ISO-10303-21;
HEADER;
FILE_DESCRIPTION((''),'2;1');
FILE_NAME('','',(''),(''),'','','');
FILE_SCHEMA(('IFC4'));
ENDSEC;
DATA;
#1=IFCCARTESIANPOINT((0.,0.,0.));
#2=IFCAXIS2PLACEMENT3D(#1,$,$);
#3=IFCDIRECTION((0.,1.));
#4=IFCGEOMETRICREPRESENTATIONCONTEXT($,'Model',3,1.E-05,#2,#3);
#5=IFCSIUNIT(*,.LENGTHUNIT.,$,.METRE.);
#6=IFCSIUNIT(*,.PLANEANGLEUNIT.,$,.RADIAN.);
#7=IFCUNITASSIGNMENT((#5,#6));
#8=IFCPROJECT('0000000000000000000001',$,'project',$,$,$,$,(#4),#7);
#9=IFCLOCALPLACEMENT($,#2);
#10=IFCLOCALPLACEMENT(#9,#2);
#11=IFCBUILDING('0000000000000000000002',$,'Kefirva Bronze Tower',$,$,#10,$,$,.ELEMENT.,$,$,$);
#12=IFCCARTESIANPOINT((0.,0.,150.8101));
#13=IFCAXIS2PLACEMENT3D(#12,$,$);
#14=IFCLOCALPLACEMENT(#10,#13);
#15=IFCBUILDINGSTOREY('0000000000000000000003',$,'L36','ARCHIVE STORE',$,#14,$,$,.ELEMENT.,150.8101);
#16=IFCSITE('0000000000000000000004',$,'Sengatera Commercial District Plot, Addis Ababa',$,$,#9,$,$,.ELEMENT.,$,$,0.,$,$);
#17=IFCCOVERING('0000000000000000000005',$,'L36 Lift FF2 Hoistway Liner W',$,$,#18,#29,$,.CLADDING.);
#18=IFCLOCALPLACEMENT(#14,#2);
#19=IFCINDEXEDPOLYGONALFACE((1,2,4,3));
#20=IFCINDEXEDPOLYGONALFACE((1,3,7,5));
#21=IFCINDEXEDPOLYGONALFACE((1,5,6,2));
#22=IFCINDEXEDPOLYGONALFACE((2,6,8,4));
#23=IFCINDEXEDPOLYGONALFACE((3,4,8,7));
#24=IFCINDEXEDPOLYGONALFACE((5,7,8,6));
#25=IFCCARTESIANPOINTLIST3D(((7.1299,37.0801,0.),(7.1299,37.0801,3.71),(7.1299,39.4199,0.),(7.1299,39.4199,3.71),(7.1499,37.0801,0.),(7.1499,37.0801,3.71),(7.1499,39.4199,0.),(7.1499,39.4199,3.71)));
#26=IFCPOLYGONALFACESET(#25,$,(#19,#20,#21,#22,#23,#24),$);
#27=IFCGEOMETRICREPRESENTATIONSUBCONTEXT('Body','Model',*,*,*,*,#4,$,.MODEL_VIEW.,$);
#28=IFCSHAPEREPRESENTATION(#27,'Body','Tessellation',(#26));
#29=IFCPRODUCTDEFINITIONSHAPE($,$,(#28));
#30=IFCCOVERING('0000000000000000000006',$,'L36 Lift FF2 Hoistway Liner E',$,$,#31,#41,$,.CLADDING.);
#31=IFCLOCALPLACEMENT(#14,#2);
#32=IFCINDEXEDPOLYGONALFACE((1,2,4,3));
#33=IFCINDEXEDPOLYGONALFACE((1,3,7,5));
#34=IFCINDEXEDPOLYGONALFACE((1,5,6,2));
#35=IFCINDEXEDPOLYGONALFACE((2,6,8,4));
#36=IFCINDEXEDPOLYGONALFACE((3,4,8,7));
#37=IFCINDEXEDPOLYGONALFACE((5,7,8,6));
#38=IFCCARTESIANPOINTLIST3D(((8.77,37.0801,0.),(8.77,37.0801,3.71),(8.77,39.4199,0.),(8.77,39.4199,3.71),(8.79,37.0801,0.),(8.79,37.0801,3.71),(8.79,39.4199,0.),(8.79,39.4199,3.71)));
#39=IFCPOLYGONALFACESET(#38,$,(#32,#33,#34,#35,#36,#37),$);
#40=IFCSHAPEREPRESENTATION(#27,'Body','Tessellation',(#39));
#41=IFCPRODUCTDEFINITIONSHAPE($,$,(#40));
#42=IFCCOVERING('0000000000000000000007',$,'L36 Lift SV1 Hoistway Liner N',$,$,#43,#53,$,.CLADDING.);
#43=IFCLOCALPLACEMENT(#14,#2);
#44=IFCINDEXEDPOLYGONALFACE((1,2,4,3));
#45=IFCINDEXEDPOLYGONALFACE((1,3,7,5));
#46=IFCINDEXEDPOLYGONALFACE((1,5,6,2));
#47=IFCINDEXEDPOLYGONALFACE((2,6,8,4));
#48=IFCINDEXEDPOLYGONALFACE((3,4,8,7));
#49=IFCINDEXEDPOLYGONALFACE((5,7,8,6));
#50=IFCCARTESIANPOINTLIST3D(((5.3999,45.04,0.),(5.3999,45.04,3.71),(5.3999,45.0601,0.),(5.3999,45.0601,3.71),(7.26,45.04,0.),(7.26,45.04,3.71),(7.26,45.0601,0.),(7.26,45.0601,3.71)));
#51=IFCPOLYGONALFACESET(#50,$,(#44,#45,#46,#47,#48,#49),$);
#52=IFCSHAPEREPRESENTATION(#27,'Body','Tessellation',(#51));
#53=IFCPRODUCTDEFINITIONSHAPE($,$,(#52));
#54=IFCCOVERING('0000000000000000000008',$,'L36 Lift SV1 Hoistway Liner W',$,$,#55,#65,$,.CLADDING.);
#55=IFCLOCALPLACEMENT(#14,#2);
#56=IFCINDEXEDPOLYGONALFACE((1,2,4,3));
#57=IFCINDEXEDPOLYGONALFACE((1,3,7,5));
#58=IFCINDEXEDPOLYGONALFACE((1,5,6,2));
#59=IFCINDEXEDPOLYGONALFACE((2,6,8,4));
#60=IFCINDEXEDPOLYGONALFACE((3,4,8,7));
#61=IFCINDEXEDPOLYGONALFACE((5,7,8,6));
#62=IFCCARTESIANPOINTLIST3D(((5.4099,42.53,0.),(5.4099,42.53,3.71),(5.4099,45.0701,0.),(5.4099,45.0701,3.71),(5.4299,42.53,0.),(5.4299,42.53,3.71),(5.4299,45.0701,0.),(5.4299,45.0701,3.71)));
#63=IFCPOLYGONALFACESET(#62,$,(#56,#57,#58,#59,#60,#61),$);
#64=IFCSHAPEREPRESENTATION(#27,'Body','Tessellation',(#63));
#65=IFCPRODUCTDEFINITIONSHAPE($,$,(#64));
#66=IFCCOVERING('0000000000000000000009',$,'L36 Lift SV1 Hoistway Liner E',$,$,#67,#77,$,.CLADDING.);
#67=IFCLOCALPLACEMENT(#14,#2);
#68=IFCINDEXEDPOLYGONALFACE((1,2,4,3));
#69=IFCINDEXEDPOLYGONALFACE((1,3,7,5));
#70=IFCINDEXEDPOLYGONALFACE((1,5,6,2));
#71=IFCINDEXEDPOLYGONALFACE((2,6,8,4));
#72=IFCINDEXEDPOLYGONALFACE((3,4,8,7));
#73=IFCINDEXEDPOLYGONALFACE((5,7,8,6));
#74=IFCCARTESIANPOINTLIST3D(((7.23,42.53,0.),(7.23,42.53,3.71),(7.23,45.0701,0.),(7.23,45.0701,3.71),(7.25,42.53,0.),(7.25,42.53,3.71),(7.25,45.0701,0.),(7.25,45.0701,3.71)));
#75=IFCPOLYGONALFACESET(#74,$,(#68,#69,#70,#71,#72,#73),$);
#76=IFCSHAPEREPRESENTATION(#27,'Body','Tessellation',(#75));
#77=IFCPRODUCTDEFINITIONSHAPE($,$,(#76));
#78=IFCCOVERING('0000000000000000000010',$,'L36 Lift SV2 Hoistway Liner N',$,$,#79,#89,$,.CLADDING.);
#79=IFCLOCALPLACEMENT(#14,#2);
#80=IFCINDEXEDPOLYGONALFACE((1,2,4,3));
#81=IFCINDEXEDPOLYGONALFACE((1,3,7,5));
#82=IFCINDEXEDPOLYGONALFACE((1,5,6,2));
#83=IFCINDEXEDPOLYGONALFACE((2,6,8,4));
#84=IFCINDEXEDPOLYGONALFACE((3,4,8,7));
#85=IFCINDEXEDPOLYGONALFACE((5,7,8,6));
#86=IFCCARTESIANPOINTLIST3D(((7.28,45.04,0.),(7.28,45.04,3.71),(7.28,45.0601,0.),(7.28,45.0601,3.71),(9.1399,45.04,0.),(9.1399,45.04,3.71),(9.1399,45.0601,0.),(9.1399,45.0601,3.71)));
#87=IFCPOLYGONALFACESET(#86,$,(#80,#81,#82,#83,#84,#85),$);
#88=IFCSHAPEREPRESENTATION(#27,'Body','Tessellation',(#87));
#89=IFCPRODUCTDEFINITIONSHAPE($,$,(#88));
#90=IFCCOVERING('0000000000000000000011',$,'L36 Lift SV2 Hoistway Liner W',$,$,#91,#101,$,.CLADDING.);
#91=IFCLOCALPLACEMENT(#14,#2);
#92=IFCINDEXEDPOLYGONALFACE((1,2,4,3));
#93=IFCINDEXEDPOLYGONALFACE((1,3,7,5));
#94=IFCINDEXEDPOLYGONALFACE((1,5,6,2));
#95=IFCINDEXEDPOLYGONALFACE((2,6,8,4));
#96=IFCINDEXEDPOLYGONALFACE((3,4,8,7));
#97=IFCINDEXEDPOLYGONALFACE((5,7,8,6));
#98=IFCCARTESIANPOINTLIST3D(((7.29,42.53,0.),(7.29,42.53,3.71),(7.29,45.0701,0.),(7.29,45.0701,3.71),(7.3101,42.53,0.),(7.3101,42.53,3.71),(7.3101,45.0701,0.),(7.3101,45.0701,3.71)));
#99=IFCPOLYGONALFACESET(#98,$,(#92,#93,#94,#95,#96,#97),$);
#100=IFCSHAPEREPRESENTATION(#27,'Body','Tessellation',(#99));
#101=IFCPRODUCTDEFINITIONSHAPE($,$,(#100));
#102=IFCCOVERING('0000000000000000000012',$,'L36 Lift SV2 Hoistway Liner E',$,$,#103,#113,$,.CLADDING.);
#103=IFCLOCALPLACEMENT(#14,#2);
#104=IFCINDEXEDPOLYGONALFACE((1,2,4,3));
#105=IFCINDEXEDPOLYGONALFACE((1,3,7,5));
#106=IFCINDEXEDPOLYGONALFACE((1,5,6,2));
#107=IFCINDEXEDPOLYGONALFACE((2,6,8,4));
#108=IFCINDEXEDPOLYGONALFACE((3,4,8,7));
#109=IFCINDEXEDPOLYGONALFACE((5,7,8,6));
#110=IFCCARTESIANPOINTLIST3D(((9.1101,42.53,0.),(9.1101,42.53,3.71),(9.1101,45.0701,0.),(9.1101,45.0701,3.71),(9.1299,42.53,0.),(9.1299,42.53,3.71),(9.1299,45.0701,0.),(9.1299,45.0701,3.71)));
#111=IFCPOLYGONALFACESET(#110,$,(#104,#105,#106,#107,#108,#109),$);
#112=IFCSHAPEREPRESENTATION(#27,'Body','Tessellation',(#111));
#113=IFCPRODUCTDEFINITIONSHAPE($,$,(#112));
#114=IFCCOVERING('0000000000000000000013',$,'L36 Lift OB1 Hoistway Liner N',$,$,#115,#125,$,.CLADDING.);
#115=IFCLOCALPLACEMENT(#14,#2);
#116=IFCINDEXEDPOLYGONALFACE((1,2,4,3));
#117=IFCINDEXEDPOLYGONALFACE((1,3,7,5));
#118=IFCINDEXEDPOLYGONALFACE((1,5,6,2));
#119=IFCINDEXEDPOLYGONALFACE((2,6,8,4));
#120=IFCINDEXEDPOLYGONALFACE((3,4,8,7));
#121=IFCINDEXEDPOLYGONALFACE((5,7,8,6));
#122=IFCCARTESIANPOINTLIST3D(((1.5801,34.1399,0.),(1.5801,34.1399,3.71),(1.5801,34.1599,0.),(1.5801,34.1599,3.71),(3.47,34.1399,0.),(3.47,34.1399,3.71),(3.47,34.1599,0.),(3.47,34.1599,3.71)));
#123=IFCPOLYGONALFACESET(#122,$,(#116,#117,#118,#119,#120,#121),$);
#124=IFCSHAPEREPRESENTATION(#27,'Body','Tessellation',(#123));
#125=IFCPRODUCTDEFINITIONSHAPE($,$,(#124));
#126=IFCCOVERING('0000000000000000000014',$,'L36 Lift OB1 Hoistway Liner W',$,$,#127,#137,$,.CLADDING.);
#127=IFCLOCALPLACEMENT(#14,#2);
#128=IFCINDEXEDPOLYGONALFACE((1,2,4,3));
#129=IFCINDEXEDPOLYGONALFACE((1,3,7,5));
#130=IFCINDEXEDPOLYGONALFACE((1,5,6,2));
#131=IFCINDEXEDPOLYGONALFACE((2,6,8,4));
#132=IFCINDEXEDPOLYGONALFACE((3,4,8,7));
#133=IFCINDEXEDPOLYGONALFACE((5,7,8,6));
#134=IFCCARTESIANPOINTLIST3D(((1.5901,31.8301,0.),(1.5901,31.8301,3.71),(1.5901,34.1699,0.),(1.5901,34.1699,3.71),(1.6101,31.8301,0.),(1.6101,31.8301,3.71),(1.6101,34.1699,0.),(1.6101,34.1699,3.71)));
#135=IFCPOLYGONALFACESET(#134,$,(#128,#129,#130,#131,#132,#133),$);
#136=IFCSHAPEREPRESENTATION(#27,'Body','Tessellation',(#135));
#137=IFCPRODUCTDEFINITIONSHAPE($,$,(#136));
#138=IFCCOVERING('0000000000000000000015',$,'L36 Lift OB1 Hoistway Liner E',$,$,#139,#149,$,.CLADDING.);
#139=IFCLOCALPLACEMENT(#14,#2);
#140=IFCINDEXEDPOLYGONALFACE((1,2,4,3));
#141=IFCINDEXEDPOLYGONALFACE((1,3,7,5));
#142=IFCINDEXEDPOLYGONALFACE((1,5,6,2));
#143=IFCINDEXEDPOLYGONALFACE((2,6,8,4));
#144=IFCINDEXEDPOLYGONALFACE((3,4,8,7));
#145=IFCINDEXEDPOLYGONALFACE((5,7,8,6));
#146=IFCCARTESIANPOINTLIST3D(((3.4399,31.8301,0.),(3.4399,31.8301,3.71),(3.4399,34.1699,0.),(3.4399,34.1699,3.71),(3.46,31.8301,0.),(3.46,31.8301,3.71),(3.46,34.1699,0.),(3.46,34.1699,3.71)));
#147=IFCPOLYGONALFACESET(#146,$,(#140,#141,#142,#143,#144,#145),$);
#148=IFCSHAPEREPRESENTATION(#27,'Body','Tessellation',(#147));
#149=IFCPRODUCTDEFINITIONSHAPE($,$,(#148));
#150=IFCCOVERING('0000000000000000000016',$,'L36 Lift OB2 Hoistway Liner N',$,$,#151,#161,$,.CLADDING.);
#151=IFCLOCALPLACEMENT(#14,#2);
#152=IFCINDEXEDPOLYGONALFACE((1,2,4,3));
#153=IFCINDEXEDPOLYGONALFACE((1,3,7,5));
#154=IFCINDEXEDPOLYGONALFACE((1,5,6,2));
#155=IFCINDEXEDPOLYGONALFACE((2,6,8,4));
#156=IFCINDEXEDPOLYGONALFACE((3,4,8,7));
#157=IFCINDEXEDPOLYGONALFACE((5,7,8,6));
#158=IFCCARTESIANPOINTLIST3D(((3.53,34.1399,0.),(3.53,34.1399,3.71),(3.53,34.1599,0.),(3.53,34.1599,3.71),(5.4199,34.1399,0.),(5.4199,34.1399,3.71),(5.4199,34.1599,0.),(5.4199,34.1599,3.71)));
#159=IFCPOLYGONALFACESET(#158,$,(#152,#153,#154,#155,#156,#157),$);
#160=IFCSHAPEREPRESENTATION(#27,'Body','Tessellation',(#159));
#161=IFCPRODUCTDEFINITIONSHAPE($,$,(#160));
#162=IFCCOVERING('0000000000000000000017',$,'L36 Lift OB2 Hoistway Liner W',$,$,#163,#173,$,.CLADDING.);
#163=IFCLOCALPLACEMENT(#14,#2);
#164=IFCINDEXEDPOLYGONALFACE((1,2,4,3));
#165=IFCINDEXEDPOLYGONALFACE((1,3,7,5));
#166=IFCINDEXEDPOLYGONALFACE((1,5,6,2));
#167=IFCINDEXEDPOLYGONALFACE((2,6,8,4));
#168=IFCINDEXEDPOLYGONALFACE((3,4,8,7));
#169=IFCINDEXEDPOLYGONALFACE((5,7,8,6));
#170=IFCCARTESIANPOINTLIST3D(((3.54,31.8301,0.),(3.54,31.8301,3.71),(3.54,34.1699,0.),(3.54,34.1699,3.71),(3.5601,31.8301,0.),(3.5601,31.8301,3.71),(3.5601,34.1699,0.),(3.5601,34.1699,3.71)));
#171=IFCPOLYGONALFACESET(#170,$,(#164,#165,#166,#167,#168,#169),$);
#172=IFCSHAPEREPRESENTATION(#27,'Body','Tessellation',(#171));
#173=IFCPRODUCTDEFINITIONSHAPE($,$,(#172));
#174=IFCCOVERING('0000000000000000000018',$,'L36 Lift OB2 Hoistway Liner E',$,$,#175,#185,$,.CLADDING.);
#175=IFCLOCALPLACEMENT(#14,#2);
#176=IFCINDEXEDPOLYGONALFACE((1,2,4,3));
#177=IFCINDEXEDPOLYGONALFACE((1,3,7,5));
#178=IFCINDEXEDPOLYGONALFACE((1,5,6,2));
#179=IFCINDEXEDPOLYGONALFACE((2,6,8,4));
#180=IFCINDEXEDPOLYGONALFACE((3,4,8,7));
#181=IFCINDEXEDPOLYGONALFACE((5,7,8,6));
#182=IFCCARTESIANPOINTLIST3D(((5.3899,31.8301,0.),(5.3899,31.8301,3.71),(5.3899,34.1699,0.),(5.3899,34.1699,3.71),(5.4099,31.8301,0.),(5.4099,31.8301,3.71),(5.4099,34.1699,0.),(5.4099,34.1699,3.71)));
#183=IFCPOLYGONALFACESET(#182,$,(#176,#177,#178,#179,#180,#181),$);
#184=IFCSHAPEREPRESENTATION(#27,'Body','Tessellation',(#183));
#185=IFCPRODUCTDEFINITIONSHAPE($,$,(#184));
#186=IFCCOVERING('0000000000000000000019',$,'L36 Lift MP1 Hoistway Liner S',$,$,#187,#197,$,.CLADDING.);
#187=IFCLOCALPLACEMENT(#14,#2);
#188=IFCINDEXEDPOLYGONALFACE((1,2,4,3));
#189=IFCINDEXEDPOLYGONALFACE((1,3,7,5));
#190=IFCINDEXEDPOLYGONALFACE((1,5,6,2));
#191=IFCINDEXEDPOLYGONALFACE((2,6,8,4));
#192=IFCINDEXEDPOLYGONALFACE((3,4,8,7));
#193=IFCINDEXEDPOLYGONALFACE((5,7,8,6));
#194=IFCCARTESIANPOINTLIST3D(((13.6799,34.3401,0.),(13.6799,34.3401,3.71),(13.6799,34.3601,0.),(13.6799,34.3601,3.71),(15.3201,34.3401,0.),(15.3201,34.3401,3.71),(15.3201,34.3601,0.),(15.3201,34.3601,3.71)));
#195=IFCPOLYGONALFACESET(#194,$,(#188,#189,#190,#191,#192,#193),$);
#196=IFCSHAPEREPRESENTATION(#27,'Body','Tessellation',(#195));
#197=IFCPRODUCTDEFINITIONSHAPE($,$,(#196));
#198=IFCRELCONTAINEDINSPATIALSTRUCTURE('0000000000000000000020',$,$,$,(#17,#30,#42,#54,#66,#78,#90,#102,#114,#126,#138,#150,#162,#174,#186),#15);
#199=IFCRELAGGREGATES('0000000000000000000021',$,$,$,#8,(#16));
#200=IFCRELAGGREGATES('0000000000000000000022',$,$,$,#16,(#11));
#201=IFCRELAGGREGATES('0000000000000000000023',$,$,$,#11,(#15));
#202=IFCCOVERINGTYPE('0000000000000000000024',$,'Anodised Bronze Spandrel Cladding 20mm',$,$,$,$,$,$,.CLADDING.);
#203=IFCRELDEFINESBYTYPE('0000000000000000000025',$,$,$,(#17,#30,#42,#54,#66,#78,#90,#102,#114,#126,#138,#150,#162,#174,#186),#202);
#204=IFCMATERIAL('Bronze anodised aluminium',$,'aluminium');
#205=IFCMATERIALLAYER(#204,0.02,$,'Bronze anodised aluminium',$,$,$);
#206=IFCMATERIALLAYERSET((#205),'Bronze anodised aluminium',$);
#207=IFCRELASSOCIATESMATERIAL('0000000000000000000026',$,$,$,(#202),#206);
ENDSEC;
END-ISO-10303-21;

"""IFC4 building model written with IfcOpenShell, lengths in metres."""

from ifc_helpers import new_model, si_unit, direction, frame, origin, place, context, subcontext, project, spatial, polyline, outline, extrude, material, layer, layer_set, type_object, element, save


model = new_model("IFC4")

# Units and contexts
model_context = context("Model", 3, precision=1e-05, world=origin(), true_north=direction((0.0, 1.0)))
body_context = subcontext(model_context, "Body", "Model", "MODEL_VIEW")
ifc_project = project(units=[si_unit("LENGTHUNIT", "METRE"), si_unit("PLANEANGLEUNIT", "RADIAN")], contexts=[model_context])

# Site, building, storey
site_placement = place(None, origin())
site = spatial("IfcSite", under=ifc_project, at=site_placement, Name="Sengatera Commercial District Plot, Addis Ababa", CompositionType="ELEMENT", RefElevation=0.0)
building_placement = place(site_placement, origin())
building = spatial("IfcBuilding", under=site, at=building_placement, Name="Kefirva Bronze Tower", CompositionType="ELEMENT")
storey_placement = place(building_placement, frame((0.0, 0.0, 150.8101)))
storey = spatial("IfcBuildingStorey", under=building, at=storey_placement, Name="L36", Description="ARCHIVE STORE", CompositionType="ELEMENT", Elevation=150.8101)

# Coverings
ifc_material_1 = material(Name="Bronze anodised aluminium", Category="aluminium")
ifc_layer_1 = layer(ifc_material_1, 0.02, Name="Bronze anodised aluminium")
ifc_layer_set_1 = layer_set([ifc_layer_1], Name="Bronze anodised aluminium")
covering_type = type_object("IfcCoveringType", Name="Anodised Bronze Spandrel Cladding 20mm", PredefinedType="CLADDING", material=ifc_layer_set_1)
covering_1_placement = place(storey_placement, origin())
element("IfcCovering", 1, at=covering_1_placement, inside=storey, type_object=covering_type, Name="L36 Lift FF2 Hoistway Liner W", PredefinedType="CLADDING", context=body_context, shape_type="SweptSolid", body=[
    extrude(outline(polyline([(7.1299, 37.0801), (7.1499, 37.0801), (7.1499, 39.4199), (7.1299, 39.4199), (7.1299, 37.0801)])), origin(), (0.0, 0.0, 1.0), 3.71),
])
covering_2_placement = place(storey_placement, origin())
element("IfcCovering", 2, at=covering_2_placement, inside=storey, type_object=covering_type, Name="L36 Lift FF2 Hoistway Liner E", PredefinedType="CLADDING", context=body_context, shape_type="SweptSolid", body=[
    extrude(outline(polyline([(8.77, 37.0801), (8.79, 37.0801), (8.79, 39.4199), (8.77, 39.4199), (8.77, 37.0801)])), origin(), (0.0, 0.0, 1.0), 3.71),
])
covering_3_placement = place(storey_placement, origin())
element("IfcCovering", 3, at=covering_3_placement, inside=storey, type_object=covering_type, Name="L36 Lift SV1 Hoistway Liner N", PredefinedType="CLADDING", context=body_context, shape_type="SweptSolid", body=[
    extrude(outline(polyline([(5.3999, 45.04), (7.26, 45.04), (7.26, 45.0601), (5.3999, 45.0601), (5.3999, 45.04)])), origin(), (0.0, 0.0, 1.0), 3.71),
])
covering_4_placement = place(storey_placement, origin())
element("IfcCovering", 4, at=covering_4_placement, inside=storey, type_object=covering_type, Name="L36 Lift SV1 Hoistway Liner W", PredefinedType="CLADDING", context=body_context, shape_type="SweptSolid", body=[
    extrude(outline(polyline([(5.4099, 42.53), (5.4299, 42.53), (5.4299, 45.0701), (5.4099, 45.0701), (5.4099, 42.53)])), origin(), (0.0, 0.0, 1.0), 3.71),
])
covering_5_placement = place(storey_placement, origin())
element("IfcCovering", 5, at=covering_5_placement, inside=storey, type_object=covering_type, Name="L36 Lift SV1 Hoistway Liner E", PredefinedType="CLADDING", context=body_context, shape_type="SweptSolid", body=[
    extrude(outline(polyline([(7.23, 42.53), (7.25, 42.53), (7.25, 45.0701), (7.23, 45.0701), (7.23, 42.53)])), origin(), (0.0, 0.0, 1.0), 3.71),
])
covering_6_placement = place(storey_placement, origin())
element("IfcCovering", 6, at=covering_6_placement, inside=storey, type_object=covering_type, Name="L36 Lift SV2 Hoistway Liner N", PredefinedType="CLADDING", context=body_context, shape_type="SweptSolid", body=[
    extrude(outline(polyline([(7.28, 45.04), (9.1399, 45.04), (9.1399, 45.0601), (7.28, 45.0601), (7.28, 45.04)])), origin(), (0.0, 0.0, 1.0), 3.71),
])
covering_7_placement = place(storey_placement, origin())
element("IfcCovering", 7, at=covering_7_placement, inside=storey, type_object=covering_type, Name="L36 Lift SV2 Hoistway Liner W", PredefinedType="CLADDING", context=body_context, shape_type="SweptSolid", body=[
    extrude(outline(polyline([(7.29, 42.53), (7.3101, 42.53), (7.3101, 45.0701), (7.29, 45.0701), (7.29, 42.53)])), origin(), (0.0, 0.0, 1.0), 3.71),
])
covering_8_placement = place(storey_placement, origin())
element("IfcCovering", 8, at=covering_8_placement, inside=storey, type_object=covering_type, Name="L36 Lift SV2 Hoistway Liner E", PredefinedType="CLADDING", context=body_context, shape_type="SweptSolid", body=[
    extrude(outline(polyline([(9.1101, 42.53), (9.1299, 42.53), (9.1299, 45.0701), (9.1101, 45.0701), (9.1101, 42.53)])), origin(), (0.0, 0.0, 1.0), 3.71),
])
covering_9_placement = place(storey_placement, origin())
element("IfcCovering", 9, at=covering_9_placement, inside=storey, type_object=covering_type, Name="L36 Lift OB1 Hoistway Liner N", PredefinedType="CLADDING", context=body_context, shape_type="SweptSolid", body=[
    extrude(outline(polyline([(1.5801, 34.1399), (3.47, 34.1399), (3.47, 34.1599), (1.5801, 34.1599), (1.5801, 34.1399)])), origin(), (0.0, 0.0, 1.0), 3.71),
])
covering_10_placement = place(storey_placement, origin())
element("IfcCovering", 10, at=covering_10_placement, inside=storey, type_object=covering_type, Name="L36 Lift OB1 Hoistway Liner W", PredefinedType="CLADDING", context=body_context, shape_type="SweptSolid", body=[
    extrude(outline(polyline([(1.5901, 31.8301), (1.6101, 31.8301), (1.6101, 34.1699), (1.5901, 34.1699), (1.5901, 31.8301)])), origin(), (0.0, 0.0, 1.0), 3.71),
])
covering_11_placement = place(storey_placement, origin())
element("IfcCovering", 11, at=covering_11_placement, inside=storey, type_object=covering_type, Name="L36 Lift OB1 Hoistway Liner E", PredefinedType="CLADDING", context=body_context, shape_type="SweptSolid", body=[
    extrude(outline(polyline([(3.4399, 31.8301), (3.46, 31.8301), (3.46, 34.1699), (3.4399, 34.1699), (3.4399, 31.8301)])), origin(), (0.0, 0.0, 1.0), 3.71),
])
covering_12_placement = place(storey_placement, origin())
element("IfcCovering", 12, at=covering_12_placement, inside=storey, type_object=covering_type, Name="L36 Lift OB2 Hoistway Liner N", PredefinedType="CLADDING", context=body_context, shape_type="SweptSolid", body=[
    extrude(outline(polyline([(3.53, 34.1399), (5.4199, 34.1399), (5.4199, 34.1599), (3.53, 34.1599), (3.53, 34.1399)])), origin(), (0.0, 0.0, 1.0), 3.71),
])
covering_13_placement = place(storey_placement, origin())
element("IfcCovering", 13, at=covering_13_placement, inside=storey, type_object=covering_type, Name="L36 Lift OB2 Hoistway Liner W", PredefinedType="CLADDING", context=body_context, shape_type="SweptSolid", body=[
    extrude(outline(polyline([(3.54, 31.8301), (3.5601, 31.8301), (3.5601, 34.1699), (3.54, 34.1699), (3.54, 31.8301)])), origin(), (0.0, 0.0, 1.0), 3.71),
])
covering_14_placement = place(storey_placement, origin())
element("IfcCovering", 14, at=covering_14_placement, inside=storey, type_object=covering_type, Name="L36 Lift OB2 Hoistway Liner E", PredefinedType="CLADDING", context=body_context, shape_type="SweptSolid", body=[
    extrude(outline(polyline([(5.3899, 31.8301), (5.4099, 31.8301), (5.4099, 34.1699), (5.3899, 34.1699), (5.3899, 31.8301)])), origin(), (0.0, 0.0, 1.0), 3.71),
])
covering_15_placement = place(storey_placement, origin())
element("IfcCovering", 15, at=covering_15_placement, inside=storey, type_object=covering_type, Name="L36 Lift MP1 Hoistway Liner S", PredefinedType="CLADDING", context=body_context, shape_type="SweptSolid", body=[
    extrude(outline(polyline([(13.6799, 34.3401), (15.3201, 34.3401), (15.3201, 34.3601), (13.6799, 34.3601), (13.6799, 34.3401)])), origin(), (0.0, 0.0, 1.0), 3.71),
])

save(model, "model.ifc")
